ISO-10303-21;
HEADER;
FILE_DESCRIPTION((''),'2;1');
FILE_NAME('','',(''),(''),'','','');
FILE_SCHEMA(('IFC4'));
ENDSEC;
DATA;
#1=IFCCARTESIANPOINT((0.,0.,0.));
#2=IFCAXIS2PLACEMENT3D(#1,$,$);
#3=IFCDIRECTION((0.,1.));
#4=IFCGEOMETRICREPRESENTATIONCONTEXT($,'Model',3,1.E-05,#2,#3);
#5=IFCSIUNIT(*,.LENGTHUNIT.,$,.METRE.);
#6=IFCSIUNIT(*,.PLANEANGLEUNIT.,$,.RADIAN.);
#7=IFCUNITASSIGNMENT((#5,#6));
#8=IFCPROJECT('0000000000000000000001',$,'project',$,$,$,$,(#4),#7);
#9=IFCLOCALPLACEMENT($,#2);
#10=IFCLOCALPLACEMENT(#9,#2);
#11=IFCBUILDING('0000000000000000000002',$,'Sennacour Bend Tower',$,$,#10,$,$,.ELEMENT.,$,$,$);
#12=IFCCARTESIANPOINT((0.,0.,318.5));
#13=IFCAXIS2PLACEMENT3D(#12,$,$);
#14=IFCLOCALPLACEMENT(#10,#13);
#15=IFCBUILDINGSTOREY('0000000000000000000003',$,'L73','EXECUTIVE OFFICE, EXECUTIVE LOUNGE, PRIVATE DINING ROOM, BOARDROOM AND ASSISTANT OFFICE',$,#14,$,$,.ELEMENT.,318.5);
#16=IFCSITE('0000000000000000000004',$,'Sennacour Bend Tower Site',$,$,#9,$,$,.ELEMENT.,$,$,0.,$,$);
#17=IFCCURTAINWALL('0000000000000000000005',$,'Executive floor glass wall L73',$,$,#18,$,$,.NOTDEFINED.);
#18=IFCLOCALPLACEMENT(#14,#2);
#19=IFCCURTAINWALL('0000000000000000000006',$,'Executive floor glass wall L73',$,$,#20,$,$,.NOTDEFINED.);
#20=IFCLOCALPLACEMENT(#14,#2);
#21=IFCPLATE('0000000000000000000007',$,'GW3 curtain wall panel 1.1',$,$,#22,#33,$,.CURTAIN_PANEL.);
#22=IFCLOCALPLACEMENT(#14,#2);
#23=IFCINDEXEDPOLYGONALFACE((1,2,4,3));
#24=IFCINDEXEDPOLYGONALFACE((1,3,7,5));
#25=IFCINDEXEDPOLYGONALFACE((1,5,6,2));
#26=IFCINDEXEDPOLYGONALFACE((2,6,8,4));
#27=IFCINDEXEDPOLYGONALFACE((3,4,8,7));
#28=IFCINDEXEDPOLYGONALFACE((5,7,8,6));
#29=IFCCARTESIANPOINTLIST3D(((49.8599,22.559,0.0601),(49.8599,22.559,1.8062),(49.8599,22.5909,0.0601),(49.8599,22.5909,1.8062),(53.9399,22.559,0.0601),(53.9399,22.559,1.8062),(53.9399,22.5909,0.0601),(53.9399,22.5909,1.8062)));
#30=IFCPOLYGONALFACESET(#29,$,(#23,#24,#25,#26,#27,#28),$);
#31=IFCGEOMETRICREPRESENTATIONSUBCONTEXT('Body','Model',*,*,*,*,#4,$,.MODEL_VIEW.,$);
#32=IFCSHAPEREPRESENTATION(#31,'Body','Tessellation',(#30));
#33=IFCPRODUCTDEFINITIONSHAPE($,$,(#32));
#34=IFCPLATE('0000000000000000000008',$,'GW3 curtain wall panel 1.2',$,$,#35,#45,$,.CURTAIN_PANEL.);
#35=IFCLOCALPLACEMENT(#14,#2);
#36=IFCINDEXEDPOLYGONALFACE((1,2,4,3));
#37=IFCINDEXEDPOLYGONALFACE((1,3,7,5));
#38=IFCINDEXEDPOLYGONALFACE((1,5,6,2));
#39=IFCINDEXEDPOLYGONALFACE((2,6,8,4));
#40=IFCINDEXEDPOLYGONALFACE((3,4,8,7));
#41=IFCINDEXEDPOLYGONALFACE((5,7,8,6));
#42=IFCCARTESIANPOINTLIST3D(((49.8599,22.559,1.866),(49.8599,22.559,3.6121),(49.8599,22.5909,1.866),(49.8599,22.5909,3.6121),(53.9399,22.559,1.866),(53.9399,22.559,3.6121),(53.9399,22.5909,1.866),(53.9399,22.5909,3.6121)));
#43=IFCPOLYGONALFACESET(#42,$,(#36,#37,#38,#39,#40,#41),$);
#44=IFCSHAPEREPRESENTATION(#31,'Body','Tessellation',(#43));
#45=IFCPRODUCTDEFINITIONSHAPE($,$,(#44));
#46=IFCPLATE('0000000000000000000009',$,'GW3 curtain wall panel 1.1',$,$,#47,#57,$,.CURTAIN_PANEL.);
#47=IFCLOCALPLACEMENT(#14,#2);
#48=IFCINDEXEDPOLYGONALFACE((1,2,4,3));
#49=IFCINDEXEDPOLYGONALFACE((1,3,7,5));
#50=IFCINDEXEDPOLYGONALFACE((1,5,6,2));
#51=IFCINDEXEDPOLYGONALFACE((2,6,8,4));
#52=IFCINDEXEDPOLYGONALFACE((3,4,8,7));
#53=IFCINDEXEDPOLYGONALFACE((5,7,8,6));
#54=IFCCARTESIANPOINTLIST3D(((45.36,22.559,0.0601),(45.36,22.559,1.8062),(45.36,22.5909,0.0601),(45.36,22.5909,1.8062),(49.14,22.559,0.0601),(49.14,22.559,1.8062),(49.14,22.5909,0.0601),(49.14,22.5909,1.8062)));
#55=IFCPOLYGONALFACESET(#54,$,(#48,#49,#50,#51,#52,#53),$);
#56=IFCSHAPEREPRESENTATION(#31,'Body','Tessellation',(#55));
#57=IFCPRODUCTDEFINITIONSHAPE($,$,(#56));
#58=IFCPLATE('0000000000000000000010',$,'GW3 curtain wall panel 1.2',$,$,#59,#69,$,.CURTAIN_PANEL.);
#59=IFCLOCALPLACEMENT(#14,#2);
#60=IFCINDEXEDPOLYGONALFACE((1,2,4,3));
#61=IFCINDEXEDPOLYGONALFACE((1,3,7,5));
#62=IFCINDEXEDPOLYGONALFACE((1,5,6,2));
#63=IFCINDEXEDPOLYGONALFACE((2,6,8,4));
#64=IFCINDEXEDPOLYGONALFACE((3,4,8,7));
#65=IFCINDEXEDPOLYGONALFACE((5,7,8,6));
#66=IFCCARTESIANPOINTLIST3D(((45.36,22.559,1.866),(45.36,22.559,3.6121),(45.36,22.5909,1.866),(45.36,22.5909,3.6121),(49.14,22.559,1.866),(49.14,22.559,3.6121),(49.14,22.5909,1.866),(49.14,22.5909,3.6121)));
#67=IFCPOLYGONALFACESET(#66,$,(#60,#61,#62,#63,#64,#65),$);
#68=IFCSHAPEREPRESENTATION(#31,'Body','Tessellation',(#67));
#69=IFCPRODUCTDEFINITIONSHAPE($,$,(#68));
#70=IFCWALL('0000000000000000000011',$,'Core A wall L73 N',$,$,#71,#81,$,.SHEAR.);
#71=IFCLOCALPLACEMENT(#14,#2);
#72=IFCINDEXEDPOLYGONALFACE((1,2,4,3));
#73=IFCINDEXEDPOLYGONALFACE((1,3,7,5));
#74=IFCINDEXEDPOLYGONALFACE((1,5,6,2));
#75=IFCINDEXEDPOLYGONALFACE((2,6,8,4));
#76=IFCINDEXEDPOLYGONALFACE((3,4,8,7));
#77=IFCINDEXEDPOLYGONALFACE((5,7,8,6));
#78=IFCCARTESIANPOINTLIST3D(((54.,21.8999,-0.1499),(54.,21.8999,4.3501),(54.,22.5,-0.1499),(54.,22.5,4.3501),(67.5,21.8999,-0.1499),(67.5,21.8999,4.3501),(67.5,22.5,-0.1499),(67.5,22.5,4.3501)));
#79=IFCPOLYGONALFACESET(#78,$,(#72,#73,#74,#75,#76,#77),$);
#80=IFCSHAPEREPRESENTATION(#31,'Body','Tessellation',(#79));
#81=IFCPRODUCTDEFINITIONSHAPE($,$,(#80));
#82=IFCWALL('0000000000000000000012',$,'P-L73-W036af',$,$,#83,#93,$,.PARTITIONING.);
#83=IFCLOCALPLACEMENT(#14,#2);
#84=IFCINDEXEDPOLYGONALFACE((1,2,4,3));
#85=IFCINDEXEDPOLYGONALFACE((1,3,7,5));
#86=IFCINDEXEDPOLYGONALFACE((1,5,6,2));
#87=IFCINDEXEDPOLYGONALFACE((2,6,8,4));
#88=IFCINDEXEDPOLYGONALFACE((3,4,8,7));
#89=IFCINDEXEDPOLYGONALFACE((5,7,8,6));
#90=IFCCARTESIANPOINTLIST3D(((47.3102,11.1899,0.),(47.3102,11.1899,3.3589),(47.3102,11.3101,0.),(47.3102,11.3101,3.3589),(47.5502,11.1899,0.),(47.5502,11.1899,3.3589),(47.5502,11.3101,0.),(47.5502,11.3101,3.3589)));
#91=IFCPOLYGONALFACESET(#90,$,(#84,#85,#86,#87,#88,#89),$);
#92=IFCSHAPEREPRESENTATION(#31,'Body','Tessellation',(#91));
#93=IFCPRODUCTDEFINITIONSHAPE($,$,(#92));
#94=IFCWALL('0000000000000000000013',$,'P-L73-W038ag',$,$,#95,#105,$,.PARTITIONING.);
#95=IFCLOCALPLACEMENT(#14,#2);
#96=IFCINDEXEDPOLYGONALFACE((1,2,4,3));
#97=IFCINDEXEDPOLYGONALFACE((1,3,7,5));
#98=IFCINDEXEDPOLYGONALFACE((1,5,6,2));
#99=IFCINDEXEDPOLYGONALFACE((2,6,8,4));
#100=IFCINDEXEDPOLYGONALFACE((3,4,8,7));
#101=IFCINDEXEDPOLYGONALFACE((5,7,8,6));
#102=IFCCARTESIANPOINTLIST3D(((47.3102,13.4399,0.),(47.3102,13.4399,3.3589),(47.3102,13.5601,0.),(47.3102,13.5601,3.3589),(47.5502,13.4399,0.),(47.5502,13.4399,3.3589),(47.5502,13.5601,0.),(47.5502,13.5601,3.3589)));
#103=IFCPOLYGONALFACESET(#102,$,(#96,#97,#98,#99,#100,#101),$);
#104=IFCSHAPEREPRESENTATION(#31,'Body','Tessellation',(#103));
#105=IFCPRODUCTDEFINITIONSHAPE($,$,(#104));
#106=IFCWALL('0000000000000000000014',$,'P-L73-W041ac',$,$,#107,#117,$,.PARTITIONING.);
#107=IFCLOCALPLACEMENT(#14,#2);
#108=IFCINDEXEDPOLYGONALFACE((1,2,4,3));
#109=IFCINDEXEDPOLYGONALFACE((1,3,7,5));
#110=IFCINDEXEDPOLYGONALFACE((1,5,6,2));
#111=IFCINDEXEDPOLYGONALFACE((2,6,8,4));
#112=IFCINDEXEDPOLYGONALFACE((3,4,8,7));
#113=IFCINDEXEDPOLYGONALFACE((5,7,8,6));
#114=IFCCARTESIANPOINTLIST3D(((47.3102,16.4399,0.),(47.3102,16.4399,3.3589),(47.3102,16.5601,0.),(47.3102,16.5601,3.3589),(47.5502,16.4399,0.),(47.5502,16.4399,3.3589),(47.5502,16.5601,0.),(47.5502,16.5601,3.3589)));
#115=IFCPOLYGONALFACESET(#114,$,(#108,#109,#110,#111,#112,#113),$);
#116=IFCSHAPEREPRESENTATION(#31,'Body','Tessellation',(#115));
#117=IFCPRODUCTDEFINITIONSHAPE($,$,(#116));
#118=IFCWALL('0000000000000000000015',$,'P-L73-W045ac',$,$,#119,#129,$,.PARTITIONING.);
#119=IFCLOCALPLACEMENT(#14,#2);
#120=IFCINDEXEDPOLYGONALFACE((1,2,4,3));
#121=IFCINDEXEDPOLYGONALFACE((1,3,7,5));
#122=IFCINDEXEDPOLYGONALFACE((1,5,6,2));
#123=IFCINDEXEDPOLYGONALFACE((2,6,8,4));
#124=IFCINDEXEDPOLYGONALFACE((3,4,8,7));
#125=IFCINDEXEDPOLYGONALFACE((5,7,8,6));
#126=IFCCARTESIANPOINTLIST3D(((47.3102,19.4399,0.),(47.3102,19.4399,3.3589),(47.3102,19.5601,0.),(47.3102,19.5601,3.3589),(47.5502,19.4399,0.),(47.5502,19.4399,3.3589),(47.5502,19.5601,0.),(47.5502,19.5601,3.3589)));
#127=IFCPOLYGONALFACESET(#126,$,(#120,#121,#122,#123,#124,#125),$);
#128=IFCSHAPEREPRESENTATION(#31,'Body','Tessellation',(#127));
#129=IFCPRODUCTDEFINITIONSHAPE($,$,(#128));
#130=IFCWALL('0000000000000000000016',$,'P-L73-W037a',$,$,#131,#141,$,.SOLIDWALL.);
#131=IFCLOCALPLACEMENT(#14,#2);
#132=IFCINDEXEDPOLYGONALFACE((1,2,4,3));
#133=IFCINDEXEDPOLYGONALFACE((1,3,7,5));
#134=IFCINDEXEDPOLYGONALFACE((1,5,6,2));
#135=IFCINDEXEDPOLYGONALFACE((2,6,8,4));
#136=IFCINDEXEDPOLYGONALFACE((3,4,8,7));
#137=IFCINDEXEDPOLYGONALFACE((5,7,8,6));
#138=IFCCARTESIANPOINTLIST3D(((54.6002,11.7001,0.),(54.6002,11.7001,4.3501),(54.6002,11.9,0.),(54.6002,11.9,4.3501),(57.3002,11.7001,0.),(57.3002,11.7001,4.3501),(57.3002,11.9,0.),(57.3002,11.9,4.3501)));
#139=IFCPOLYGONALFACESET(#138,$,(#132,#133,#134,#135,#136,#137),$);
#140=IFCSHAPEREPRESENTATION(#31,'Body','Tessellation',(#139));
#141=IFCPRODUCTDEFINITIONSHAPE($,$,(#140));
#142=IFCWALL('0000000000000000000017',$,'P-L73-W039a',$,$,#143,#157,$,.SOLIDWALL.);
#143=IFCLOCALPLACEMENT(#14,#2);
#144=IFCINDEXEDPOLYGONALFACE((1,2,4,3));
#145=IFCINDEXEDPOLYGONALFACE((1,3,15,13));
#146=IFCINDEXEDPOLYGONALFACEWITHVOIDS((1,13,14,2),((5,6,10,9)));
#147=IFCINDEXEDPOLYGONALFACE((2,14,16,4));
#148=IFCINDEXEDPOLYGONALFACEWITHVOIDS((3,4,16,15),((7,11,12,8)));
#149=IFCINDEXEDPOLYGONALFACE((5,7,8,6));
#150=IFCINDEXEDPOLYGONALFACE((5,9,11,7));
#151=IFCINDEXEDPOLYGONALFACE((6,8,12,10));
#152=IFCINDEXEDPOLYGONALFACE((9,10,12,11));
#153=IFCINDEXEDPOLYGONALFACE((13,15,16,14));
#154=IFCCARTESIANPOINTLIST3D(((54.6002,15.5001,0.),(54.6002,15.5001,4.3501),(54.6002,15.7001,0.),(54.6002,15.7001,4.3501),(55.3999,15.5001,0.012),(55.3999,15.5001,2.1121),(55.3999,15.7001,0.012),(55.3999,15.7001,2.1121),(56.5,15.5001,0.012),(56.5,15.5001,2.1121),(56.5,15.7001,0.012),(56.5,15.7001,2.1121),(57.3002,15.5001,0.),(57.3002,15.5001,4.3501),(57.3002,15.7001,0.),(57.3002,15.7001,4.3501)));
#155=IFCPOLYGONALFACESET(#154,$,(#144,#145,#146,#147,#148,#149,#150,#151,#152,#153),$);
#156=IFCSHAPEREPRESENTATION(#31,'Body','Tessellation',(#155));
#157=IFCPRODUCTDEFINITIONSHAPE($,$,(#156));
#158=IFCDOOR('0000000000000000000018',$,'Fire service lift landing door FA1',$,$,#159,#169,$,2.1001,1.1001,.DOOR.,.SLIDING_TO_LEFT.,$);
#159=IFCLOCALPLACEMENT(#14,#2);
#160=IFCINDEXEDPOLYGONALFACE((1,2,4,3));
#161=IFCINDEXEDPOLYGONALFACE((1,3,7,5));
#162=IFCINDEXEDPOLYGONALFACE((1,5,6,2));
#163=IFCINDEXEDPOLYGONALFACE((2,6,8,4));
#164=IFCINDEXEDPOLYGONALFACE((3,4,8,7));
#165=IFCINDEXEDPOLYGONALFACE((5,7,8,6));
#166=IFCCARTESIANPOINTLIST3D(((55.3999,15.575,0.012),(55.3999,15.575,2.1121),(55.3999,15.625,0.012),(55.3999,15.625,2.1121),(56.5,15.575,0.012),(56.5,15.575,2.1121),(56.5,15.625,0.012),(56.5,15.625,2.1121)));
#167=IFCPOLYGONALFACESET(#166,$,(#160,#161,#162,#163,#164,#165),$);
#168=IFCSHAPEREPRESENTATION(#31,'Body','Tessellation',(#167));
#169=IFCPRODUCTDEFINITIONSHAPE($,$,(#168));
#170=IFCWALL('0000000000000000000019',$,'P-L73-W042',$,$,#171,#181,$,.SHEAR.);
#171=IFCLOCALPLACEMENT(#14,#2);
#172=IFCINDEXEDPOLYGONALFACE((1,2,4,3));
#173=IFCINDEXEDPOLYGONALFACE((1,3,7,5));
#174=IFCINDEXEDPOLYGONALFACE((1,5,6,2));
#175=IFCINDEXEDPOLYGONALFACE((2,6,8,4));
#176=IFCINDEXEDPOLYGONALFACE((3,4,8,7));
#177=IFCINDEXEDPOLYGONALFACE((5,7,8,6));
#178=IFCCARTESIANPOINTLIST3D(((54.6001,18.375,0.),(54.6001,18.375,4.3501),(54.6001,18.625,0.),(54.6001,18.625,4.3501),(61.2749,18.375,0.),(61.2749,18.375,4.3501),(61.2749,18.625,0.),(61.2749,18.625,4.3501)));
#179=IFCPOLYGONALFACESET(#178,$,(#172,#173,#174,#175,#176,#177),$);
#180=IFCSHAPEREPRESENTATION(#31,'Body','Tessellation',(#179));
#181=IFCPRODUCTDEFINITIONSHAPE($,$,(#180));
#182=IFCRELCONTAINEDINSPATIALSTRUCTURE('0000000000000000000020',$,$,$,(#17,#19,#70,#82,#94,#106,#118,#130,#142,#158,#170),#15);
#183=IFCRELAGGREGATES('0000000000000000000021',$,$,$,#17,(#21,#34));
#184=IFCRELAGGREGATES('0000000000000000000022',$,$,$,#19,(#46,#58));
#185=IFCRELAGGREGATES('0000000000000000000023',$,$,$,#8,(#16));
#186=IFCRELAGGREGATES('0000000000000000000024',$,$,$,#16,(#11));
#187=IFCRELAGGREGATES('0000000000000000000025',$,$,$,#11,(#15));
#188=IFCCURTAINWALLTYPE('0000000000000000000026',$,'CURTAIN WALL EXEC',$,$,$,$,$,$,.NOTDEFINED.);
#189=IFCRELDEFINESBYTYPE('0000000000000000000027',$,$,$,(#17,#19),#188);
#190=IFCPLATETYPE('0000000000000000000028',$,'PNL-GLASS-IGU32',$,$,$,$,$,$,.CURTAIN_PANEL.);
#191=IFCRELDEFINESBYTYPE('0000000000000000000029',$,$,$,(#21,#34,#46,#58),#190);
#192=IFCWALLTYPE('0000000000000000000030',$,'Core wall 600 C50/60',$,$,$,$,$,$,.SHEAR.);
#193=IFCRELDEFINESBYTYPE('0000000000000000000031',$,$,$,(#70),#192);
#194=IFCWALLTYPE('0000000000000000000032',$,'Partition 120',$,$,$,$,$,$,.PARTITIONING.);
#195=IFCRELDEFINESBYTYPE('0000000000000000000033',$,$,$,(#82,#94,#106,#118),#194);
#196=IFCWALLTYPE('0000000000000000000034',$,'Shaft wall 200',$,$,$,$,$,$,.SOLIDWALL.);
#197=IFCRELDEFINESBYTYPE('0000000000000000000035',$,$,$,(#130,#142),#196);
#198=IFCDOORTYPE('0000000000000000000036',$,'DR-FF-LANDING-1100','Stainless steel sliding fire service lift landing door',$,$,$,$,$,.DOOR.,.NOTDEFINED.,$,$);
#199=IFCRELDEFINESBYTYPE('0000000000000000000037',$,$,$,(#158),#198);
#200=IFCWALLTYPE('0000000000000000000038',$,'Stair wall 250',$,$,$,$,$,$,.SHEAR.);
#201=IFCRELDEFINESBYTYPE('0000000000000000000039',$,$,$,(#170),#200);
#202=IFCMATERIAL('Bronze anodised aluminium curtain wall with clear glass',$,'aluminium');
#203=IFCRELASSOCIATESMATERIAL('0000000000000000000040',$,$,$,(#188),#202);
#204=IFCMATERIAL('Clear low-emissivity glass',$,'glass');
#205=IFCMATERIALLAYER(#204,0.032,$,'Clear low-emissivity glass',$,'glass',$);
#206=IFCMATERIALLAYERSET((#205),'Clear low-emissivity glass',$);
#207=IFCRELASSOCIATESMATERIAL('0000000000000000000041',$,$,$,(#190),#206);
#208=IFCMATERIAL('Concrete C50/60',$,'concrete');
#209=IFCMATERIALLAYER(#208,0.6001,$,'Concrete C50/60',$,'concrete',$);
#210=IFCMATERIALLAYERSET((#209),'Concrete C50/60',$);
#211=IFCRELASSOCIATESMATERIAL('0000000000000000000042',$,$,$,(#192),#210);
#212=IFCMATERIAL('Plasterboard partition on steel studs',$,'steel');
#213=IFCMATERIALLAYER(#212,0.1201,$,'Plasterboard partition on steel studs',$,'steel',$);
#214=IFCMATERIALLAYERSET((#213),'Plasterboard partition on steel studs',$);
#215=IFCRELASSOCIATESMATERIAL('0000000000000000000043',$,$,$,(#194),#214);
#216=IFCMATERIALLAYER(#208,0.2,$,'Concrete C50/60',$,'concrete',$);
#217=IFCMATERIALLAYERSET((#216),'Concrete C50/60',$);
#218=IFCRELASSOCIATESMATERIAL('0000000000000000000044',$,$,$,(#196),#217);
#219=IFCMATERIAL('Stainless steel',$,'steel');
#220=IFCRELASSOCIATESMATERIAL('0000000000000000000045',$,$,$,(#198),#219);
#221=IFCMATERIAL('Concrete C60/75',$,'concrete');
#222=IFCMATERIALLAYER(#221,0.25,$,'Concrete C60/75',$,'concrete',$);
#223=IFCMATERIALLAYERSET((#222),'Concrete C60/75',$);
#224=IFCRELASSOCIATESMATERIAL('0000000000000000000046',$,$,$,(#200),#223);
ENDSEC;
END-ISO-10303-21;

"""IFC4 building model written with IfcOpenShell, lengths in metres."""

from ifc_helpers import new_model, si_unit, direction, frame, frame_2d, origin, origin_2d, place, context, subcontext, project, spatial, rectangle, extrude, material, layer, layer_set, type_object, element, fill, aggregate, save


model = new_model("IFC4")

# Units and contexts
model_context = context("Model", 3, precision=1e-05, world=origin(), true_north=direction((0.0, 1.0)))
body_context = subcontext(model_context, "Body", "Model", "MODEL_VIEW")
ifc_project = project(units=[si_unit("LENGTHUNIT", "METRE"), si_unit("PLANEANGLEUNIT", "RADIAN")], contexts=[model_context])

# Site, building, storey
site_placement = place(None, origin())
site = spatial("IfcSite", under=ifc_project, at=site_placement, Name="Sennacour Bend Tower Site", CompositionType="ELEMENT", RefElevation=0.0)
building_placement = place(site_placement, origin())
building = spatial("IfcBuilding", under=site, at=building_placement, Name="Sennacour Bend Tower", CompositionType="ELEMENT")
storey_placement = place(building_placement, frame((0.0, 0.0, 318.5)))
storey = spatial("IfcBuildingStorey", under=building, at=storey_placement, Name="L73", Description="EXECUTIVE OFFICE, EXECUTIVE LOUNGE, PRIVATE DINING ROOM, BOARDROOM AND ASSISTANT OFFICE", CompositionType="ELEMENT", Elevation=318.5)

# Curtain wall
ifc_material_1 = material(Name="Bronze anodised aluminium curtain wall with clear glass", Category="aluminium")
curtain_wall_type = type_object("IfcCurtainWallType", Name="CURTAIN WALL EXEC", PredefinedType="NOTDEFINED", material=ifc_material_1)
curtain_wall_1_placement = place(storey_placement, origin())
curtain_wall_1 = element("IfcCurtainWall", 1, at=curtain_wall_1_placement, inside=storey, type_object=curtain_wall_type, Name="Executive floor glass wall L73", PredefinedType="NOTDEFINED")

# Curtain wall
curtain_wall_2_placement = place(storey_placement, origin())
curtain_wall_2 = element("IfcCurtainWall", 2, at=curtain_wall_2_placement, inside=storey, type_object=curtain_wall_type, Name="Executive floor glass wall L73", PredefinedType="NOTDEFINED")

# Plates
ifc_material_2 = material(Name="Clear low-emissivity glass", Category="glass")
ifc_layer_1 = layer(ifc_material_2, 0.032, Name="Clear low-emissivity glass", Category="glass")
ifc_layer_set_1 = layer_set([ifc_layer_1], Name="Clear low-emissivity glass")
plate_type = type_object("IfcPlateType", Name="PNL-GLASS-IGU32", PredefinedType="CURTAIN_PANEL", material=ifc_layer_set_1)
plate_1_placement = place(storey_placement, frame((51.8999, 22.575, 0.0601), z_axis=(0.0, 0.0, 1.0), x_axis=(-1.0, 0.0, 0.0)))
plate_1 = element("IfcPlate", 3, at=plate_1_placement, type_object=plate_type, Name="GW3 curtain wall panel 1.1", PredefinedType="CURTAIN_PANEL", context=body_context, shape_type="SweptSolid", body=[
    extrude(rectangle(XDim=4.0801, YDim=0.032, at=origin_2d()), origin(), (0.0, 0.0, 1.0), 1.7461),
])
plate_2_placement = place(storey_placement, frame((51.8999, 22.575, 1.866), z_axis=(0.0, 0.0, 1.0), x_axis=(-1.0, 0.0, 0.0)))
plate_2 = element("IfcPlate", 4, at=plate_2_placement, type_object=plate_type, Name="GW3 curtain wall panel 1.2", PredefinedType="CURTAIN_PANEL", context=body_context, shape_type="SweptSolid", body=[
    extrude(rectangle(XDim=4.0801, YDim=0.032, at=origin_2d()), origin(), (0.0, 0.0, 1.0), 1.7461),
])
aggregate(curtain_wall_1, [plate_1, plate_2])
plate_3_placement = place(storey_placement, frame((47.25, 22.575, 0.0601), z_axis=(0.0, 0.0, 1.0), x_axis=(-1.0, 0.0, 0.0)))
plate_3 = element("IfcPlate", 5, at=plate_3_placement, type_object=plate_type, Name="GW3 curtain wall panel 1.1", PredefinedType="CURTAIN_PANEL", context=body_context, shape_type="SweptSolid", body=[
    extrude(rectangle(XDim=3.78, YDim=0.032, at=origin_2d()), origin(), (0.0, 0.0, 1.0), 1.7461),
])
plate_4_placement = place(storey_placement, frame((47.25, 22.575, 1.866), z_axis=(0.0, 0.0, 1.0), x_axis=(-1.0, 0.0, 0.0)))
plate_4 = element("IfcPlate", 6, at=plate_4_placement, type_object=plate_type, Name="GW3 curtain wall panel 1.2", PredefinedType="CURTAIN_PANEL", context=body_context, shape_type="SweptSolid", body=[
    extrude(rectangle(XDim=3.78, YDim=0.032, at=origin_2d()), origin(), (0.0, 0.0, 1.0), 1.7461),
])
aggregate(curtain_wall_2, [plate_3, plate_4])

# Walls
ifc_material_3 = material(Name="Concrete C50/60", Category="concrete")
ifc_layer_2 = layer(ifc_material_3, 0.6001, Name="Concrete C50/60", Category="concrete")
ifc_layer_set_2 = layer_set([ifc_layer_2], Name="Concrete C50/60")
wall_type_1 = type_object("IfcWallType", Name="Core wall 600 C50/60", PredefinedType="SHEAR", material=ifc_layer_set_2)
wall_1_placement = place(storey_placement, frame((54.0, 22.2, -0.1499), z_axis=(0.0, 0.0, 1.0), x_axis=(1.0, 0.0, 0.0)))
element("IfcWall", 7, at=wall_1_placement, inside=storey, type_object=wall_type_1, Name="Core A wall L73 N", PredefinedType="SHEAR", context=body_context, shape_type="SweptSolid", body=[
    extrude(rectangle(XDim=13.5, YDim=0.6001, at=frame_2d((6.75, 0.0))), origin(), (0.0, 0.0, 1.0), 4.5),
])
ifc_material_4 = material(Name="Plasterboard partition on steel studs", Category="steel")
ifc_layer_3 = layer(ifc_material_4, 0.1201, Name="Plasterboard partition on steel studs", Category="steel")
ifc_layer_set_3 = layer_set([ifc_layer_3], Name="Plasterboard partition on steel studs")
wall_type_2 = type_object("IfcWallType", Name="Partition 120", PredefinedType="PARTITIONING", material=ifc_layer_set_3)
for number, where, z_axis, x_axis, name in (
    (8, (47.3101, 11.25, 0.0), (0.0, 0.0, 1.0), (1.0, 0.0, 0.0), "P-L73-W036af"),
    (9, (47.3101, 13.5, 0.0), (0.0, 0.0, 1.0), (1.0, 0.0, 0.0), "P-L73-W038ag"),
    (10, (47.3101, 16.5, 0.0), (0.0, 0.0, 1.0), (1.0, 0.0, 0.0), "P-L73-W041ac"),
    (11, (47.3101, 19.5, 0.0), (0.0, 0.0, 1.0), (1.0, 0.0, 0.0), "P-L73-W045ac"),
):
    element("IfcWall", number, at=place(storey_placement, frame(where, z_axis=z_axis, x_axis=x_axis)), inside=storey, type_object=wall_type_2, Name=name, PredefinedType="PARTITIONING", context=body_context, shape_type="SweptSolid", body=[
        extrude(rectangle(XDim=0.24, YDim=0.1201, at=frame_2d((0.1201, 0.0))), origin(), (0.0, 0.0, 1.0), 3.3589),
    ])
ifc_layer_4 = layer(ifc_material_3, 0.2, Name="Concrete C50/60", Category="concrete")
ifc_layer_set_4 = layer_set([ifc_layer_4], Name="Concrete C50/60")
wall_type_3 = type_object("IfcWallType", Name="Shaft wall 200", PredefinedType="SOLIDWALL", material=ifc_layer_set_4)
wall_2_placement = place(storey_placement, frame((54.6001, 11.8, 0.0), z_axis=(0.0, 0.0, 1.0), x_axis=(1.0, 0.0, 0.0)))
element("IfcWall", 12, at=wall_2_placement, inside=storey, type_object=wall_type_3, Name="P-L73-W037a", PredefinedType="SOLIDWALL", context=body_context, shape_type="SweptSolid", body=[
    extrude(rectangle(XDim=2.7, YDim=0.2, at=frame_2d((1.3501, 0.0))), origin(), (0.0, 0.0, 1.0), 4.3501),
])

# Wall, opening, door
wall_3_placement = place(storey_placement, frame((54.6001, 15.6001, 0.0), z_axis=(0.0, 0.0, 1.0), x_axis=(1.0, 0.0, 0.0)))
wall_3 = element("IfcWall", 13, at=wall_3_placement, inside=storey, type_object=wall_type_3, Name="P-L73-W039a", PredefinedType="SOLIDWALL", context=body_context, shape_type="SweptSolid", body=[
    extrude(rectangle(XDim=2.7, YDim=0.2, at=frame_2d((1.3501, 0.0))), origin(), (0.0, 0.0, 1.0), 4.3501),
])
opening_placement = place(wall_3_placement, frame((0.7998, 0.0, 0.012)))
opening = element("IfcOpeningElement", 14, at=opening_placement, cuts=wall_3, PredefinedType="OPENING", context=body_context, shape_type="SweptSolid", body=[
    extrude(rectangle(XDim=1.1001, YDim=2.1001, at=frame_2d((0.55, 1.05))), frame((0.0, 0.1099, 0.0), z_axis=(0.0, -1.0, 0.0), x_axis=(1.0, 0.0, 0.0)), (0.0, 0.0, 1.0), 0.22),
])
ifc_material_5 = material(Name="Stainless steel", Category="steel")
door_type = type_object("IfcDoorType", Name="DR-FF-LANDING-1100", Description="Stainless steel sliding fire service lift landing door", OperationType="NOTDEFINED", PredefinedType="DOOR", material=ifc_material_5)
door_placement = place(opening_placement, origin())
door = element("IfcDoor", 15, at=door_placement, inside=storey, type_object=door_type, Name="Fire service lift landing door FA1", OperationType="SLIDING_TO_LEFT", OverallHeight=2.1001, OverallWidth=1.1001, PredefinedType="DOOR", context=body_context, shape_type="SweptSolid", body=[
    extrude(rectangle(XDim=1.1001, YDim=2.1001, at=frame_2d((0.55, 1.05))), frame((0.0, 0.0249, 0.0), z_axis=(0.0, -1.0, 0.0), x_axis=(1.0, 0.0, 0.0)), (0.0, 0.0, 1.0), 0.05),
])
fill(opening, door)

# Wall
ifc_material_6 = material(Name="Concrete C60/75", Category="concrete")
ifc_layer_5 = layer(ifc_material_6, 0.25, Name="Concrete C60/75", Category="concrete")
ifc_layer_set_5 = layer_set([ifc_layer_5], Name="Concrete C60/75")
wall_type_4 = type_object("IfcWallType", Name="Stair wall 250", PredefinedType="SHEAR", material=ifc_layer_set_5)
wall_4_placement = place(storey_placement, frame((54.6001, 18.5, 0.0), z_axis=(0.0, 0.0, 1.0), x_axis=(1.0, 0.0, 0.0)))
element("IfcWall", 16, at=wall_4_placement, inside=storey, type_object=wall_type_4, Name="P-L73-W042", PredefinedType="SHEAR", context=body_context, shape_type="SweptSolid", body=[
    extrude(rectangle(XDim=6.6748, YDim=0.25, at=frame_2d((3.3374, 0.0))), origin(), (0.0, 0.0, 1.0), 4.3501),
])

save(model, "model.ifc")
